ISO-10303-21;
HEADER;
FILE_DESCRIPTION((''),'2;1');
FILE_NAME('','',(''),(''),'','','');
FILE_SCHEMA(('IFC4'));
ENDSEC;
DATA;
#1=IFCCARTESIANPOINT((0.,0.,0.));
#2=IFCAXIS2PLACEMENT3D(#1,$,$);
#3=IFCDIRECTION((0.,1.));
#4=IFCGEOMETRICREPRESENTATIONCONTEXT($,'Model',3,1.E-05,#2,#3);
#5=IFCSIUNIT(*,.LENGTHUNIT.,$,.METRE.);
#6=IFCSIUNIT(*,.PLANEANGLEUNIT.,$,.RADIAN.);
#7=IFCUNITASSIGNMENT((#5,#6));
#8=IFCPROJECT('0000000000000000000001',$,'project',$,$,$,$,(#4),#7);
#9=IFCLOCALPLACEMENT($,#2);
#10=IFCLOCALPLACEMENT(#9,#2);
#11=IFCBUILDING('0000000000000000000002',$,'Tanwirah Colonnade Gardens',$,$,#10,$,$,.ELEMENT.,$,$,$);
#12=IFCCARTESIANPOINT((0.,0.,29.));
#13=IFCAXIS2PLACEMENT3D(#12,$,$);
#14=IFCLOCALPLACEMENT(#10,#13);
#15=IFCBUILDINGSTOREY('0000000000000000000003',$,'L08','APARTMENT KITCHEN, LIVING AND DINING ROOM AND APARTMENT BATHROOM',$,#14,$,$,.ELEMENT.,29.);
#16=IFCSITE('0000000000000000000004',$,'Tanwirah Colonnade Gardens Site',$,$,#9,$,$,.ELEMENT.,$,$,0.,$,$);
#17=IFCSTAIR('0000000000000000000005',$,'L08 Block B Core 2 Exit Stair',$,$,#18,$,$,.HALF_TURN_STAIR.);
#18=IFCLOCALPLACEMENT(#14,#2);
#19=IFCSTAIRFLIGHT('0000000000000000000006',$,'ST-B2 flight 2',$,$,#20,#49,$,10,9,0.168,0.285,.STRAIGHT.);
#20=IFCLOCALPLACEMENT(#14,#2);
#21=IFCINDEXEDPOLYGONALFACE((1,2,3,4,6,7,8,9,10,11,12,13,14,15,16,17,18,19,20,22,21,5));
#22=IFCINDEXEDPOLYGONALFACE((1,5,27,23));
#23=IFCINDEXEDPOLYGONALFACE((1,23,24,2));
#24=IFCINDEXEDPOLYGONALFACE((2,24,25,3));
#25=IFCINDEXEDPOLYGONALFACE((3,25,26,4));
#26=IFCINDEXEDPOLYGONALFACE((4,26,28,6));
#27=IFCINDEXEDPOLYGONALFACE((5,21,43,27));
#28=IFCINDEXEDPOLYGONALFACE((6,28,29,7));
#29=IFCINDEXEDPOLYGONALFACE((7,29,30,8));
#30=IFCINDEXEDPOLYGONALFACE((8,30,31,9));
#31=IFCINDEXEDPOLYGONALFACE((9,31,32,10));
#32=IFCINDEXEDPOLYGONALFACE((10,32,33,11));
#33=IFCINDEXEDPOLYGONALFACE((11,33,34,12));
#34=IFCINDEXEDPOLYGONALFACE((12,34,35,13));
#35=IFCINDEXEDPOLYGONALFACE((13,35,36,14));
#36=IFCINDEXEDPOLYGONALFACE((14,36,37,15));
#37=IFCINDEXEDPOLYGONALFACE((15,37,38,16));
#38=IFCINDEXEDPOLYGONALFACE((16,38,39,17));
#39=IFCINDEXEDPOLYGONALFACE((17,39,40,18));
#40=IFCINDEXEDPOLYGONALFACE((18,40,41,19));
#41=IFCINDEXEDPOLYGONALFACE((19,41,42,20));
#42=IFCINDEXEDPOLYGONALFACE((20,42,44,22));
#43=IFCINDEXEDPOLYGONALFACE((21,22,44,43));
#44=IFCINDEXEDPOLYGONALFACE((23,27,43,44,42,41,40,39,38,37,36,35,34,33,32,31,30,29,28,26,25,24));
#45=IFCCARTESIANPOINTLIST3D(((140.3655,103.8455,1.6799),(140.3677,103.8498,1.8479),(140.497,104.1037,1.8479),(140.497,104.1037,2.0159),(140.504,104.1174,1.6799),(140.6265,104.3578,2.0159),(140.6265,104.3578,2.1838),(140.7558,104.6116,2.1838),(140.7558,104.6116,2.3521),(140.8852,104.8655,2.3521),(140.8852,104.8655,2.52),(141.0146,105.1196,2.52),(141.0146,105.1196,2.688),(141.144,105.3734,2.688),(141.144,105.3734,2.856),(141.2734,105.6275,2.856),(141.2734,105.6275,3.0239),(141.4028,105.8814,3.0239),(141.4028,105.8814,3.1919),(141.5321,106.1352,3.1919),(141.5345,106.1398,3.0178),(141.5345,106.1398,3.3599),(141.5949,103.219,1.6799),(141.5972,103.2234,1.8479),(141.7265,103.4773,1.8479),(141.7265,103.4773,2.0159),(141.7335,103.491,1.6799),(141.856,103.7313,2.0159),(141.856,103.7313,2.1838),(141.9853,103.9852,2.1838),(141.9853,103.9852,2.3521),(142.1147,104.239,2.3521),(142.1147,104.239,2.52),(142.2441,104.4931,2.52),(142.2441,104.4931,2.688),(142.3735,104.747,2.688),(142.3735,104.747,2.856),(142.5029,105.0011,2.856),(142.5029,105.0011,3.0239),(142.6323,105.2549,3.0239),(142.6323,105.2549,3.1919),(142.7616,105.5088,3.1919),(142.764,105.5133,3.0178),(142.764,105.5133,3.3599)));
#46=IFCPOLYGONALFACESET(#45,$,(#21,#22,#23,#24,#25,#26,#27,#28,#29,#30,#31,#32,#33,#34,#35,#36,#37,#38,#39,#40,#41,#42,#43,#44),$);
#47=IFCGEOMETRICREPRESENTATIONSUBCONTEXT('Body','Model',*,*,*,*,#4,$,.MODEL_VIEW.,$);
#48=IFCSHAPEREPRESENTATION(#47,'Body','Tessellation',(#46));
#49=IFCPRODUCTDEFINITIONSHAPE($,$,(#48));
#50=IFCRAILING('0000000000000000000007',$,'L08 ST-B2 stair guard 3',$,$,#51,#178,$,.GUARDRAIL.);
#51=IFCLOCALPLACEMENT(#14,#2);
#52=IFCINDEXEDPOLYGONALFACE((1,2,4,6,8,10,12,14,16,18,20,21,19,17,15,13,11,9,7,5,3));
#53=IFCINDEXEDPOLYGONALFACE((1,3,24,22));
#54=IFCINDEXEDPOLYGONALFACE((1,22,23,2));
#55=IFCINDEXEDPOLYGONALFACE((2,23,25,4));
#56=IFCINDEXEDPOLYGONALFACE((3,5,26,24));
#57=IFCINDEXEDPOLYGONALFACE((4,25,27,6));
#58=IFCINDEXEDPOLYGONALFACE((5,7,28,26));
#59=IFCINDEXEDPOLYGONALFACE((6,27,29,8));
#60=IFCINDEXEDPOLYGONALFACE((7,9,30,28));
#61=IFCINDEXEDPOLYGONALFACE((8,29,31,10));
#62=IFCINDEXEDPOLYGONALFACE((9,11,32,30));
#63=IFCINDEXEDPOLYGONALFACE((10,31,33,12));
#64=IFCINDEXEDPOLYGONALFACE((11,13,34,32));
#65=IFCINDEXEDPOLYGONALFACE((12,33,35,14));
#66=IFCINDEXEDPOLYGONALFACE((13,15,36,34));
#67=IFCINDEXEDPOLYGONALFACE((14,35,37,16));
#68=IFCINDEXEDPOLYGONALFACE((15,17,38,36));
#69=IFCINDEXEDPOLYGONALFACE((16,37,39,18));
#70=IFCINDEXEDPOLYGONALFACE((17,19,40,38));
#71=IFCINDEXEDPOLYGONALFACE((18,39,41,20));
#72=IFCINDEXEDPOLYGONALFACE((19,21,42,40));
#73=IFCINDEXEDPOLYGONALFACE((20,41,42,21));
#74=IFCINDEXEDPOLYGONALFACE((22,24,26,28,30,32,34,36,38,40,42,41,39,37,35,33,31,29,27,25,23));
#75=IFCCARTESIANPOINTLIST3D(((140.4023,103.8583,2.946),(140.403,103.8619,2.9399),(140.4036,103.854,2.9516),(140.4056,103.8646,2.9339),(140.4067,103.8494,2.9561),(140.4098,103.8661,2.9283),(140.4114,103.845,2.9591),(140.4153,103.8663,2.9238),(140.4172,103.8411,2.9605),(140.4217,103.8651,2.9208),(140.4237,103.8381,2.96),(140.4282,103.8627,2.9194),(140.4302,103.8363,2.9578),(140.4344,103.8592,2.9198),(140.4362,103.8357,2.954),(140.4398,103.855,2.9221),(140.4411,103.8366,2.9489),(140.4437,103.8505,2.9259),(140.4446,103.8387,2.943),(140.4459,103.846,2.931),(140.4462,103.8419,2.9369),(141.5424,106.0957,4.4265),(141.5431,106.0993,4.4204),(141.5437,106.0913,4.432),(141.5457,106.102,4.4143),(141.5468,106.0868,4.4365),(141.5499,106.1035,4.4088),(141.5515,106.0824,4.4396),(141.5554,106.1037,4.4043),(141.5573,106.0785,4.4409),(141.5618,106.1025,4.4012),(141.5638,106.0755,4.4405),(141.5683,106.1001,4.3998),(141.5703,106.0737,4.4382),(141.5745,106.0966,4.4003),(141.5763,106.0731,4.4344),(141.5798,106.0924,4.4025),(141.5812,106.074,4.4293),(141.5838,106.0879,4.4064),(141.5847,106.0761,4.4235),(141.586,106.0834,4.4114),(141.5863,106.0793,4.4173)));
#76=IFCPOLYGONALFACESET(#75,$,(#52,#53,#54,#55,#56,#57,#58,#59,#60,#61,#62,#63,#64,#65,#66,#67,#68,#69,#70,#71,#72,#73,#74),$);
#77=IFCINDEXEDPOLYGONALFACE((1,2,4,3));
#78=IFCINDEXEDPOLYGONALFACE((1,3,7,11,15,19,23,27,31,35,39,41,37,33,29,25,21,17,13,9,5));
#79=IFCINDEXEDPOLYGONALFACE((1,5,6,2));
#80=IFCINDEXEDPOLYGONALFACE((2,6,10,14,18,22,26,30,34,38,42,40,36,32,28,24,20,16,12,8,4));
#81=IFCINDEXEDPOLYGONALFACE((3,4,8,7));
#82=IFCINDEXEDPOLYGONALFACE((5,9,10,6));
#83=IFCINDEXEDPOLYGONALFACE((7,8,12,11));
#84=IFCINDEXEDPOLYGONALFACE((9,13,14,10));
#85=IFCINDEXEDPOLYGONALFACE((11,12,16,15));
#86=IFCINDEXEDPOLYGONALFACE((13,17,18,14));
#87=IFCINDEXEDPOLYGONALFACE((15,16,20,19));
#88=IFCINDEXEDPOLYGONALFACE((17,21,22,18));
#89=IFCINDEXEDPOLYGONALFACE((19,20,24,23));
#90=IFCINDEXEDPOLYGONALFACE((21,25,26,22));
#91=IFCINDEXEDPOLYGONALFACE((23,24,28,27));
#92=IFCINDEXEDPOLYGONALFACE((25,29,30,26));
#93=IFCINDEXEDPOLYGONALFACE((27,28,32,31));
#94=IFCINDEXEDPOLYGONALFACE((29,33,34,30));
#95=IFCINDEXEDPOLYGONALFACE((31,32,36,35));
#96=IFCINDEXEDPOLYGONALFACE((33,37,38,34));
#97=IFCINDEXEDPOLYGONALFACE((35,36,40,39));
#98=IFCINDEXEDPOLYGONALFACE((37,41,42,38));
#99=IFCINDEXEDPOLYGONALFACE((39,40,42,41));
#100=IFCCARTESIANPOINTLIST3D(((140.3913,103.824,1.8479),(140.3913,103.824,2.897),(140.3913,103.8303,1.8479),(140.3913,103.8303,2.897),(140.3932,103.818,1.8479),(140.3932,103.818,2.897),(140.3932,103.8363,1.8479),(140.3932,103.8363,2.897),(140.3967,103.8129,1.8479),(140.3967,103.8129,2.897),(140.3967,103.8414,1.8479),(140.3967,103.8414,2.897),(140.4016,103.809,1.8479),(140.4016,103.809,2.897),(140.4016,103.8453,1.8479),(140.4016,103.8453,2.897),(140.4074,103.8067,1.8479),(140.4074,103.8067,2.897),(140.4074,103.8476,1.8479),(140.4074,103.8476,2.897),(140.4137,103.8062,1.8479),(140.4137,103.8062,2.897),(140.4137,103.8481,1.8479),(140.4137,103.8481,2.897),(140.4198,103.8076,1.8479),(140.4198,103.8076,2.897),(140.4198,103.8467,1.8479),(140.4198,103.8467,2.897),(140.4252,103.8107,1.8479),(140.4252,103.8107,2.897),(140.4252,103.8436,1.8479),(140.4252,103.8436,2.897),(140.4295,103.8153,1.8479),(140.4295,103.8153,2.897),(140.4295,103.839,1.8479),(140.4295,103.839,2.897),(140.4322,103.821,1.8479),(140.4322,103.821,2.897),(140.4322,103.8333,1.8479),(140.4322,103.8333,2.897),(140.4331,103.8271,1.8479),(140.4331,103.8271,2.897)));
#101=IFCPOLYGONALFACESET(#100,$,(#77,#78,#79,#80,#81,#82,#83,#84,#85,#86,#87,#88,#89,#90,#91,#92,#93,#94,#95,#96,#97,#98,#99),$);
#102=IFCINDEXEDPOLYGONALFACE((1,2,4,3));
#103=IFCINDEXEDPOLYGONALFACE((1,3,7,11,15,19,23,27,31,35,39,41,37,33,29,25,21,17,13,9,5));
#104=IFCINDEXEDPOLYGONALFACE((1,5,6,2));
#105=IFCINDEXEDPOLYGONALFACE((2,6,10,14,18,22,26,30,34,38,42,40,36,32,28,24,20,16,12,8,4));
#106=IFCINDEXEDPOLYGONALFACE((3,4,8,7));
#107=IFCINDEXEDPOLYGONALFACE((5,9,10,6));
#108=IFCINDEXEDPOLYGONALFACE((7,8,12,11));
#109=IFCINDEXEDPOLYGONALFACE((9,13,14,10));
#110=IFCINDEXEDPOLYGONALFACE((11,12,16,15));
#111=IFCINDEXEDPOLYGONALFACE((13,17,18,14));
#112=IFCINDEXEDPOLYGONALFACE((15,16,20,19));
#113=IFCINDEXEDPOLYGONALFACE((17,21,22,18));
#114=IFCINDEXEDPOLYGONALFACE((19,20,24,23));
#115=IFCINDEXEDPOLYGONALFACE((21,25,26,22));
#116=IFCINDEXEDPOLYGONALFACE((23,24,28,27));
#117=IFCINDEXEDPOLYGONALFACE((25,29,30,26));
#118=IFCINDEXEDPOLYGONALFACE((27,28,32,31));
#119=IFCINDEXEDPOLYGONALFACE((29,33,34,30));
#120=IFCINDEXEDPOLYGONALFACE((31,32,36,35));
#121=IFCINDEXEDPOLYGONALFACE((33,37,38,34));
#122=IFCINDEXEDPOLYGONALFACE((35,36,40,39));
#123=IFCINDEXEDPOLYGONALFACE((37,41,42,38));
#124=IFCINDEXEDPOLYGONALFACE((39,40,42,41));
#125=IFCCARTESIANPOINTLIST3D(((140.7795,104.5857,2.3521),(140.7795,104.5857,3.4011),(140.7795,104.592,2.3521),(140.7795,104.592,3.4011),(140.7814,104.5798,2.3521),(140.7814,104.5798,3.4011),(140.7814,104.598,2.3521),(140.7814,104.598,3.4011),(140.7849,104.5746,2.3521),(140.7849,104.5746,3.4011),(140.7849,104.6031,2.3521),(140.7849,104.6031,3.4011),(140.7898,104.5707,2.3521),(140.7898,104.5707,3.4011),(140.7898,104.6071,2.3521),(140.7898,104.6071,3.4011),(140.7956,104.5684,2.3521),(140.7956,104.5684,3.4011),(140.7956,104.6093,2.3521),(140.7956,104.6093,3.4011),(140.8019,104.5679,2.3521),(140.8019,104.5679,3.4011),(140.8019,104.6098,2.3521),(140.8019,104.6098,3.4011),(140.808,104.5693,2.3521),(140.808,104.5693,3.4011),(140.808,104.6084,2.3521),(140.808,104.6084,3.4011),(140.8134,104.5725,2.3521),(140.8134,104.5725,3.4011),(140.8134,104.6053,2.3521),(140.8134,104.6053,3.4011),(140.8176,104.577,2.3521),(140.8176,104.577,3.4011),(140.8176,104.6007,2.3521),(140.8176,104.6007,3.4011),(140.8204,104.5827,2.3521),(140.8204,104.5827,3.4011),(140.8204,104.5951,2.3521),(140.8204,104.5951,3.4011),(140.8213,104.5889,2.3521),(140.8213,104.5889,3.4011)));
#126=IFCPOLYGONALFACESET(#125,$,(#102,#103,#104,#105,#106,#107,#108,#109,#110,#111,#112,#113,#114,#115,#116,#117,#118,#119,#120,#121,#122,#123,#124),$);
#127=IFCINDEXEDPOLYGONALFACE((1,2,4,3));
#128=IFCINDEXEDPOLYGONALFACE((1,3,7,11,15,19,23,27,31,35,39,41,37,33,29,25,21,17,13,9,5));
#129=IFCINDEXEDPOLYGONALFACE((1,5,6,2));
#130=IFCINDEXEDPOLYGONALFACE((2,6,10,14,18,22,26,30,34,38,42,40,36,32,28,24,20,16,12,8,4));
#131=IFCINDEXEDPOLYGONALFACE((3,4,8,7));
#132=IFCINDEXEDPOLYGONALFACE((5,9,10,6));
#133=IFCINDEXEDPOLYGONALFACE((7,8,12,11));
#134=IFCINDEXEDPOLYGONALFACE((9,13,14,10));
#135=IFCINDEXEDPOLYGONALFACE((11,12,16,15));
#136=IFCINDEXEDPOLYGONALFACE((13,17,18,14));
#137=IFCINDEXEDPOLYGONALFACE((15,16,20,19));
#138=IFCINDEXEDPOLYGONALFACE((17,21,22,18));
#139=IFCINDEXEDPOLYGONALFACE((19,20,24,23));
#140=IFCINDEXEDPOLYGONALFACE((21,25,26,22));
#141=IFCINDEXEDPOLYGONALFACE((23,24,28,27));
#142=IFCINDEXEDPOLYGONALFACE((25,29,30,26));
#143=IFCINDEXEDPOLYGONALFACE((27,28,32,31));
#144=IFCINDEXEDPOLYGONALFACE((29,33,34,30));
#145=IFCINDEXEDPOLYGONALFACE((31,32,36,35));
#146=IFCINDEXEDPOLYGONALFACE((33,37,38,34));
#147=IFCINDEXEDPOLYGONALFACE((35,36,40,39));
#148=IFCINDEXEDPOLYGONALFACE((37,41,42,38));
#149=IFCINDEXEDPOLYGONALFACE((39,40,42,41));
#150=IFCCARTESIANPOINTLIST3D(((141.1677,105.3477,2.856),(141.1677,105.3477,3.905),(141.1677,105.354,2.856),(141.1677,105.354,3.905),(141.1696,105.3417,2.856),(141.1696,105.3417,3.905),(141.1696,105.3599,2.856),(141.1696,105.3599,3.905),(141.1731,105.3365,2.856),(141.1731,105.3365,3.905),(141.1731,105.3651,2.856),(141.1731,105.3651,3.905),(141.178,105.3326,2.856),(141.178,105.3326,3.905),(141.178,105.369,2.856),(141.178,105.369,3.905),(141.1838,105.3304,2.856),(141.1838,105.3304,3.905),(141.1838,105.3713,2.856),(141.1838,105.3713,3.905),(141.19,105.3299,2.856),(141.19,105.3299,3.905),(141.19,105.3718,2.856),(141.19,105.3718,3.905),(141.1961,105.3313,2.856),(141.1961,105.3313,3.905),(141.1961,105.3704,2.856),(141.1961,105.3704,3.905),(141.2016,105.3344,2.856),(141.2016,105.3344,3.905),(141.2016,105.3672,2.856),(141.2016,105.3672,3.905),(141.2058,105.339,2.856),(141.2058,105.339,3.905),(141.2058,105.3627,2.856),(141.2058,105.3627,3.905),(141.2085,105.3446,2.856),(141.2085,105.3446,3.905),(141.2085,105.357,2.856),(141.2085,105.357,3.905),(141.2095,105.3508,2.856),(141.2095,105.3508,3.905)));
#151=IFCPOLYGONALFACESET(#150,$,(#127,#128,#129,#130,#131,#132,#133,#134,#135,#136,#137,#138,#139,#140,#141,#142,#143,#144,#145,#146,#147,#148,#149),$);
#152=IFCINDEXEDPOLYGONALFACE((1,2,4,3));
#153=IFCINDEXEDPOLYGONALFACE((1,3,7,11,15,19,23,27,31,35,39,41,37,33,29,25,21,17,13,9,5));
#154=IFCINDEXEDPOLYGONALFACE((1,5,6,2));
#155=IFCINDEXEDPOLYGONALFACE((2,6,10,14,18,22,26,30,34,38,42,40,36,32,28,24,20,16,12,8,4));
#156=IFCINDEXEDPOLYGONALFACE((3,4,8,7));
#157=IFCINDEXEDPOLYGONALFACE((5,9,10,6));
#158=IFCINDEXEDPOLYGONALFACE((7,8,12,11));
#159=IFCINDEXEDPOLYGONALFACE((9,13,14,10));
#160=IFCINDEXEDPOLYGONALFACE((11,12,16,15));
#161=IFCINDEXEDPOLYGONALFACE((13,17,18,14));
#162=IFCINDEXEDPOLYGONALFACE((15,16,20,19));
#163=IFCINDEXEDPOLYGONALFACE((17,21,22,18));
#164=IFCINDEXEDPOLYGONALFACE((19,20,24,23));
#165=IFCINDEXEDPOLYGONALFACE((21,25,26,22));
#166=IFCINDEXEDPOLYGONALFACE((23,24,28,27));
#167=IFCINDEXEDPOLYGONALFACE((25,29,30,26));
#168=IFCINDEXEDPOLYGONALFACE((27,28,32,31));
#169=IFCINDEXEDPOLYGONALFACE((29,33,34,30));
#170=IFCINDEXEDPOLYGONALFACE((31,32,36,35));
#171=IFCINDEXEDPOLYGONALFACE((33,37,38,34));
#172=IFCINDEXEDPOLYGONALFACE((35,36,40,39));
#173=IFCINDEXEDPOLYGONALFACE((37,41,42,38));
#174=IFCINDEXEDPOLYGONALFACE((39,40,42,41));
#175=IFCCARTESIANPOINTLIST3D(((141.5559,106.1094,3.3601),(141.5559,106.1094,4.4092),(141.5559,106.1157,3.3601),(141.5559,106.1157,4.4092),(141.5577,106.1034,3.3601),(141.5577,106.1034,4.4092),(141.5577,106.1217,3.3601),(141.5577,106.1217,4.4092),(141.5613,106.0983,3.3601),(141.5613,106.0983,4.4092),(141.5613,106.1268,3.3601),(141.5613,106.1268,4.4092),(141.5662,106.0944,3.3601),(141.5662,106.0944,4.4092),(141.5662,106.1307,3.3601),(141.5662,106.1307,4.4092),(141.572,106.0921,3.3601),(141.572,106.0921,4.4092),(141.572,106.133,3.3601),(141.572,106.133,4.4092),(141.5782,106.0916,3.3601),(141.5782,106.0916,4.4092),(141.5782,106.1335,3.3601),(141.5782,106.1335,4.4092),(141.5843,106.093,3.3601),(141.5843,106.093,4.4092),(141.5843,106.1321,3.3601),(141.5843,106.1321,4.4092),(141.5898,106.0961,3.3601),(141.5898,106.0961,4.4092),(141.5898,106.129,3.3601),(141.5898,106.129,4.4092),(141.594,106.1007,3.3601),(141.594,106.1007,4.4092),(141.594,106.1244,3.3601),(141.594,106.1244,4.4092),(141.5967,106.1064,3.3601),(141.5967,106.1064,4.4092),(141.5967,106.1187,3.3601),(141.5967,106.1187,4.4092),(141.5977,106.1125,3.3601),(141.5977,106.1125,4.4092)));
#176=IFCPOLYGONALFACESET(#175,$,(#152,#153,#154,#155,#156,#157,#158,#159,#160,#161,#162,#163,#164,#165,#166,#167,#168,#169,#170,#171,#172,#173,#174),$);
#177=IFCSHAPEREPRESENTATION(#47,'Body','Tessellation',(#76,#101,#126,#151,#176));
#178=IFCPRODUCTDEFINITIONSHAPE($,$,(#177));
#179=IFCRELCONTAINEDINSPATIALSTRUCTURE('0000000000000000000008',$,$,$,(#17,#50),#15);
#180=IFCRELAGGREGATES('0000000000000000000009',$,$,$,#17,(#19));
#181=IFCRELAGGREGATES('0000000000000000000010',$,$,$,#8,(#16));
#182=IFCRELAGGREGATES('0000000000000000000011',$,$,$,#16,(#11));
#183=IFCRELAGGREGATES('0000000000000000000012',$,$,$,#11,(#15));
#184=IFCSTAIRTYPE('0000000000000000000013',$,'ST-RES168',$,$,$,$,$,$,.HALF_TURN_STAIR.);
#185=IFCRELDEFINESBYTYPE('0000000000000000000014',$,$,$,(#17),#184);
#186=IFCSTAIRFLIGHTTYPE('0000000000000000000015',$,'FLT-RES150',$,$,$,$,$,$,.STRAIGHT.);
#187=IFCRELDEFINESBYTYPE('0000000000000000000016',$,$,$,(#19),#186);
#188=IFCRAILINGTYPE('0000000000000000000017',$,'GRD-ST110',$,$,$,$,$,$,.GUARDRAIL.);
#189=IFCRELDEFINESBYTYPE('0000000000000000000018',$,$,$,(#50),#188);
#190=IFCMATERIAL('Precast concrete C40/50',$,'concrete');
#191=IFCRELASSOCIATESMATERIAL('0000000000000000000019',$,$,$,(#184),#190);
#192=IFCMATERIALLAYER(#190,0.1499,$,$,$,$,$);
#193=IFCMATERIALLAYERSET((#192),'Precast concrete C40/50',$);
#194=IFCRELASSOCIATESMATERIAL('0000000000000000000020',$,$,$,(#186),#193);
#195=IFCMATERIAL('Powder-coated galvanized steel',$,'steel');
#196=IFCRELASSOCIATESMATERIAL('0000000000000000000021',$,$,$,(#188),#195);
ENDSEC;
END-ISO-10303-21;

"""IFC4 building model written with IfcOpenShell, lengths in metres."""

from ifc_helpers import new_model, si_unit, direction, frame, origin, origin_2d, place, context, subcontext, project, spatial, polyline, circle, outline, extrude, material, layer, layer_set, type_object, element, aggregate, save


model = new_model("IFC4")

# Units and contexts
model_context = context("Model", 3, precision=1e-05, world=origin(), true_north=direction((0.0, 1.0)))
body_context = subcontext(model_context, "Body", "Model", "MODEL_VIEW")
ifc_project = project(units=[si_unit("LENGTHUNIT", "METRE"), si_unit("PLANEANGLEUNIT", "RADIAN")], contexts=[model_context])

# Site, building, storey
site_placement = place(None, origin())
site = spatial("IfcSite", under=ifc_project, at=site_placement, Name="Tanwirah Colonnade Gardens Site", CompositionType="ELEMENT", RefElevation=0.0)
building_placement = place(site_placement, origin())
building = spatial("IfcBuilding", under=site, at=building_placement, Name="Tanwirah Colonnade Gardens", CompositionType="ELEMENT")
storey_placement = place(building_placement, frame((0.0, 0.0, 29.0)))
storey = spatial("IfcBuildingStorey", under=building, at=storey_placement, Name="L08", Description="APARTMENT KITCHEN, LIVING AND DINING ROOM AND APARTMENT BATHROOM", CompositionType="ELEMENT", Elevation=29.0)

# Shared definitions
ifc_material_1 = material(Name="Precast concrete C40/50", Category="concrete")

# Stair, stair flight
stair_type = type_object("IfcStairType", Name="ST-RES168", PredefinedType="HALF_TURN_STAIR", material=ifc_material_1)
stair_placement = place(storey_placement, origin())
stair = element("IfcStair", 1, at=stair_placement, inside=storey, type_object=stair_type, Name="L08 Block B Core 2 Exit Stair", PredefinedType="HALF_TURN_STAIR")
ifc_layer_1 = layer(ifc_material_1, 0.1499)
ifc_layer_set_1 = layer_set([ifc_layer_1], Name="Precast concrete C40/50")
stair_flight_type = type_object("IfcStairFlightType", Name="FLT-RES150", PredefinedType="STRAIGHT", material=ifc_layer_set_1)
stair_flight_placement = place(storey_placement, frame((140.9824, 103.5366, 1.6799), z_axis=(0.0, 0.0, 1.0), x_axis=(0.45399, 0.891007, 0.0)))
stair_flight = element("IfcStairFlight", 2, at=stair_flight_placement, type_object=stair_flight_type, Name="ST-B2 flight 2", NumberOfRisers=10, NumberOfTreads=9, PredefinedType="STRAIGHT", RiserHeight=0.168, TreadLength=0.285, context=body_context, shape_type="SweptSolid", body=[
    extrude(outline(polyline([(-0.0049, 0.0), (0.0, 0.168), (0.2849, 0.168), (0.2849, 0.3359), (0.5701, 0.3359), (0.5701, 0.5039), (0.855, 0.5039), (0.855, 0.6721), (1.1399, 0.6721), (1.1399, 0.8401), (1.425, 0.8401), (1.425, 1.0081), (1.71, 1.0081), (1.71, 1.176), (1.9951, 1.176), (1.9951, 1.344), (2.28, 1.344), (2.28, 1.512), (2.5649, 1.512), (2.5701, 1.6799), (2.5701, 1.3379), (0.3003, 0.0), (-0.0049, 0.0)])), frame((0.0, 0.6899, 0.0), z_axis=(0.0, -1.0, 0.0), x_axis=(1.0, 0.0, 0.0)), (0.0, 0.0, 1.0), 1.3799),
])
aggregate(stair, [stair_flight])

# Railing
ifc_material_2 = material(Name="Powder-coated galvanized steel", Category="steel")
railing_type_1 = type_object("IfcRailingType", Name="GRD-ST110", PredefinedType="GUARDRAIL", material=ifc_material_2)
railing_1_placement = place(storey_placement, frame((140.4121, 103.8271, 1.8479)))
element("IfcRailing", 3, at=railing_1_placement, inside=storey, type_object=railing_type_1, Name="L08 ST-B2 stair guard 3", PredefinedType="GUARDRAIL", context=body_context, shape_type="SweptSolid", body=[
    extrude(circle(Radius=0.0239, at=origin_2d()), frame((0.0122, 0.0239, 1.092), z_axis=(0.391106, 0.767535, 0.507864), x_axis=(-0.890994, 0.454016, 0.0)), (0.0, 0.0, 1.0), 2.915),
    extrude(circle(Radius=0.021, at=origin_2d()), origin(), (0.0, 0.0, 1.0), 1.0491),
    extrude(circle(Radius=0.021, at=origin_2d()), frame((0.3882, 0.7617, 0.5042)), (0.0, 0.0, 1.0), 1.0491),
    extrude(circle(Radius=0.021, at=origin_2d()), frame((0.7764, 1.5237, 1.0081)), (0.0, 0.0, 1.0), 1.0491),
    extrude(circle(Radius=0.021, at=origin_2d()), frame((1.1646, 2.2854, 1.5122)), (0.0, 0.0, 1.0), 1.0491),
])

save(model, "model.ifc")
